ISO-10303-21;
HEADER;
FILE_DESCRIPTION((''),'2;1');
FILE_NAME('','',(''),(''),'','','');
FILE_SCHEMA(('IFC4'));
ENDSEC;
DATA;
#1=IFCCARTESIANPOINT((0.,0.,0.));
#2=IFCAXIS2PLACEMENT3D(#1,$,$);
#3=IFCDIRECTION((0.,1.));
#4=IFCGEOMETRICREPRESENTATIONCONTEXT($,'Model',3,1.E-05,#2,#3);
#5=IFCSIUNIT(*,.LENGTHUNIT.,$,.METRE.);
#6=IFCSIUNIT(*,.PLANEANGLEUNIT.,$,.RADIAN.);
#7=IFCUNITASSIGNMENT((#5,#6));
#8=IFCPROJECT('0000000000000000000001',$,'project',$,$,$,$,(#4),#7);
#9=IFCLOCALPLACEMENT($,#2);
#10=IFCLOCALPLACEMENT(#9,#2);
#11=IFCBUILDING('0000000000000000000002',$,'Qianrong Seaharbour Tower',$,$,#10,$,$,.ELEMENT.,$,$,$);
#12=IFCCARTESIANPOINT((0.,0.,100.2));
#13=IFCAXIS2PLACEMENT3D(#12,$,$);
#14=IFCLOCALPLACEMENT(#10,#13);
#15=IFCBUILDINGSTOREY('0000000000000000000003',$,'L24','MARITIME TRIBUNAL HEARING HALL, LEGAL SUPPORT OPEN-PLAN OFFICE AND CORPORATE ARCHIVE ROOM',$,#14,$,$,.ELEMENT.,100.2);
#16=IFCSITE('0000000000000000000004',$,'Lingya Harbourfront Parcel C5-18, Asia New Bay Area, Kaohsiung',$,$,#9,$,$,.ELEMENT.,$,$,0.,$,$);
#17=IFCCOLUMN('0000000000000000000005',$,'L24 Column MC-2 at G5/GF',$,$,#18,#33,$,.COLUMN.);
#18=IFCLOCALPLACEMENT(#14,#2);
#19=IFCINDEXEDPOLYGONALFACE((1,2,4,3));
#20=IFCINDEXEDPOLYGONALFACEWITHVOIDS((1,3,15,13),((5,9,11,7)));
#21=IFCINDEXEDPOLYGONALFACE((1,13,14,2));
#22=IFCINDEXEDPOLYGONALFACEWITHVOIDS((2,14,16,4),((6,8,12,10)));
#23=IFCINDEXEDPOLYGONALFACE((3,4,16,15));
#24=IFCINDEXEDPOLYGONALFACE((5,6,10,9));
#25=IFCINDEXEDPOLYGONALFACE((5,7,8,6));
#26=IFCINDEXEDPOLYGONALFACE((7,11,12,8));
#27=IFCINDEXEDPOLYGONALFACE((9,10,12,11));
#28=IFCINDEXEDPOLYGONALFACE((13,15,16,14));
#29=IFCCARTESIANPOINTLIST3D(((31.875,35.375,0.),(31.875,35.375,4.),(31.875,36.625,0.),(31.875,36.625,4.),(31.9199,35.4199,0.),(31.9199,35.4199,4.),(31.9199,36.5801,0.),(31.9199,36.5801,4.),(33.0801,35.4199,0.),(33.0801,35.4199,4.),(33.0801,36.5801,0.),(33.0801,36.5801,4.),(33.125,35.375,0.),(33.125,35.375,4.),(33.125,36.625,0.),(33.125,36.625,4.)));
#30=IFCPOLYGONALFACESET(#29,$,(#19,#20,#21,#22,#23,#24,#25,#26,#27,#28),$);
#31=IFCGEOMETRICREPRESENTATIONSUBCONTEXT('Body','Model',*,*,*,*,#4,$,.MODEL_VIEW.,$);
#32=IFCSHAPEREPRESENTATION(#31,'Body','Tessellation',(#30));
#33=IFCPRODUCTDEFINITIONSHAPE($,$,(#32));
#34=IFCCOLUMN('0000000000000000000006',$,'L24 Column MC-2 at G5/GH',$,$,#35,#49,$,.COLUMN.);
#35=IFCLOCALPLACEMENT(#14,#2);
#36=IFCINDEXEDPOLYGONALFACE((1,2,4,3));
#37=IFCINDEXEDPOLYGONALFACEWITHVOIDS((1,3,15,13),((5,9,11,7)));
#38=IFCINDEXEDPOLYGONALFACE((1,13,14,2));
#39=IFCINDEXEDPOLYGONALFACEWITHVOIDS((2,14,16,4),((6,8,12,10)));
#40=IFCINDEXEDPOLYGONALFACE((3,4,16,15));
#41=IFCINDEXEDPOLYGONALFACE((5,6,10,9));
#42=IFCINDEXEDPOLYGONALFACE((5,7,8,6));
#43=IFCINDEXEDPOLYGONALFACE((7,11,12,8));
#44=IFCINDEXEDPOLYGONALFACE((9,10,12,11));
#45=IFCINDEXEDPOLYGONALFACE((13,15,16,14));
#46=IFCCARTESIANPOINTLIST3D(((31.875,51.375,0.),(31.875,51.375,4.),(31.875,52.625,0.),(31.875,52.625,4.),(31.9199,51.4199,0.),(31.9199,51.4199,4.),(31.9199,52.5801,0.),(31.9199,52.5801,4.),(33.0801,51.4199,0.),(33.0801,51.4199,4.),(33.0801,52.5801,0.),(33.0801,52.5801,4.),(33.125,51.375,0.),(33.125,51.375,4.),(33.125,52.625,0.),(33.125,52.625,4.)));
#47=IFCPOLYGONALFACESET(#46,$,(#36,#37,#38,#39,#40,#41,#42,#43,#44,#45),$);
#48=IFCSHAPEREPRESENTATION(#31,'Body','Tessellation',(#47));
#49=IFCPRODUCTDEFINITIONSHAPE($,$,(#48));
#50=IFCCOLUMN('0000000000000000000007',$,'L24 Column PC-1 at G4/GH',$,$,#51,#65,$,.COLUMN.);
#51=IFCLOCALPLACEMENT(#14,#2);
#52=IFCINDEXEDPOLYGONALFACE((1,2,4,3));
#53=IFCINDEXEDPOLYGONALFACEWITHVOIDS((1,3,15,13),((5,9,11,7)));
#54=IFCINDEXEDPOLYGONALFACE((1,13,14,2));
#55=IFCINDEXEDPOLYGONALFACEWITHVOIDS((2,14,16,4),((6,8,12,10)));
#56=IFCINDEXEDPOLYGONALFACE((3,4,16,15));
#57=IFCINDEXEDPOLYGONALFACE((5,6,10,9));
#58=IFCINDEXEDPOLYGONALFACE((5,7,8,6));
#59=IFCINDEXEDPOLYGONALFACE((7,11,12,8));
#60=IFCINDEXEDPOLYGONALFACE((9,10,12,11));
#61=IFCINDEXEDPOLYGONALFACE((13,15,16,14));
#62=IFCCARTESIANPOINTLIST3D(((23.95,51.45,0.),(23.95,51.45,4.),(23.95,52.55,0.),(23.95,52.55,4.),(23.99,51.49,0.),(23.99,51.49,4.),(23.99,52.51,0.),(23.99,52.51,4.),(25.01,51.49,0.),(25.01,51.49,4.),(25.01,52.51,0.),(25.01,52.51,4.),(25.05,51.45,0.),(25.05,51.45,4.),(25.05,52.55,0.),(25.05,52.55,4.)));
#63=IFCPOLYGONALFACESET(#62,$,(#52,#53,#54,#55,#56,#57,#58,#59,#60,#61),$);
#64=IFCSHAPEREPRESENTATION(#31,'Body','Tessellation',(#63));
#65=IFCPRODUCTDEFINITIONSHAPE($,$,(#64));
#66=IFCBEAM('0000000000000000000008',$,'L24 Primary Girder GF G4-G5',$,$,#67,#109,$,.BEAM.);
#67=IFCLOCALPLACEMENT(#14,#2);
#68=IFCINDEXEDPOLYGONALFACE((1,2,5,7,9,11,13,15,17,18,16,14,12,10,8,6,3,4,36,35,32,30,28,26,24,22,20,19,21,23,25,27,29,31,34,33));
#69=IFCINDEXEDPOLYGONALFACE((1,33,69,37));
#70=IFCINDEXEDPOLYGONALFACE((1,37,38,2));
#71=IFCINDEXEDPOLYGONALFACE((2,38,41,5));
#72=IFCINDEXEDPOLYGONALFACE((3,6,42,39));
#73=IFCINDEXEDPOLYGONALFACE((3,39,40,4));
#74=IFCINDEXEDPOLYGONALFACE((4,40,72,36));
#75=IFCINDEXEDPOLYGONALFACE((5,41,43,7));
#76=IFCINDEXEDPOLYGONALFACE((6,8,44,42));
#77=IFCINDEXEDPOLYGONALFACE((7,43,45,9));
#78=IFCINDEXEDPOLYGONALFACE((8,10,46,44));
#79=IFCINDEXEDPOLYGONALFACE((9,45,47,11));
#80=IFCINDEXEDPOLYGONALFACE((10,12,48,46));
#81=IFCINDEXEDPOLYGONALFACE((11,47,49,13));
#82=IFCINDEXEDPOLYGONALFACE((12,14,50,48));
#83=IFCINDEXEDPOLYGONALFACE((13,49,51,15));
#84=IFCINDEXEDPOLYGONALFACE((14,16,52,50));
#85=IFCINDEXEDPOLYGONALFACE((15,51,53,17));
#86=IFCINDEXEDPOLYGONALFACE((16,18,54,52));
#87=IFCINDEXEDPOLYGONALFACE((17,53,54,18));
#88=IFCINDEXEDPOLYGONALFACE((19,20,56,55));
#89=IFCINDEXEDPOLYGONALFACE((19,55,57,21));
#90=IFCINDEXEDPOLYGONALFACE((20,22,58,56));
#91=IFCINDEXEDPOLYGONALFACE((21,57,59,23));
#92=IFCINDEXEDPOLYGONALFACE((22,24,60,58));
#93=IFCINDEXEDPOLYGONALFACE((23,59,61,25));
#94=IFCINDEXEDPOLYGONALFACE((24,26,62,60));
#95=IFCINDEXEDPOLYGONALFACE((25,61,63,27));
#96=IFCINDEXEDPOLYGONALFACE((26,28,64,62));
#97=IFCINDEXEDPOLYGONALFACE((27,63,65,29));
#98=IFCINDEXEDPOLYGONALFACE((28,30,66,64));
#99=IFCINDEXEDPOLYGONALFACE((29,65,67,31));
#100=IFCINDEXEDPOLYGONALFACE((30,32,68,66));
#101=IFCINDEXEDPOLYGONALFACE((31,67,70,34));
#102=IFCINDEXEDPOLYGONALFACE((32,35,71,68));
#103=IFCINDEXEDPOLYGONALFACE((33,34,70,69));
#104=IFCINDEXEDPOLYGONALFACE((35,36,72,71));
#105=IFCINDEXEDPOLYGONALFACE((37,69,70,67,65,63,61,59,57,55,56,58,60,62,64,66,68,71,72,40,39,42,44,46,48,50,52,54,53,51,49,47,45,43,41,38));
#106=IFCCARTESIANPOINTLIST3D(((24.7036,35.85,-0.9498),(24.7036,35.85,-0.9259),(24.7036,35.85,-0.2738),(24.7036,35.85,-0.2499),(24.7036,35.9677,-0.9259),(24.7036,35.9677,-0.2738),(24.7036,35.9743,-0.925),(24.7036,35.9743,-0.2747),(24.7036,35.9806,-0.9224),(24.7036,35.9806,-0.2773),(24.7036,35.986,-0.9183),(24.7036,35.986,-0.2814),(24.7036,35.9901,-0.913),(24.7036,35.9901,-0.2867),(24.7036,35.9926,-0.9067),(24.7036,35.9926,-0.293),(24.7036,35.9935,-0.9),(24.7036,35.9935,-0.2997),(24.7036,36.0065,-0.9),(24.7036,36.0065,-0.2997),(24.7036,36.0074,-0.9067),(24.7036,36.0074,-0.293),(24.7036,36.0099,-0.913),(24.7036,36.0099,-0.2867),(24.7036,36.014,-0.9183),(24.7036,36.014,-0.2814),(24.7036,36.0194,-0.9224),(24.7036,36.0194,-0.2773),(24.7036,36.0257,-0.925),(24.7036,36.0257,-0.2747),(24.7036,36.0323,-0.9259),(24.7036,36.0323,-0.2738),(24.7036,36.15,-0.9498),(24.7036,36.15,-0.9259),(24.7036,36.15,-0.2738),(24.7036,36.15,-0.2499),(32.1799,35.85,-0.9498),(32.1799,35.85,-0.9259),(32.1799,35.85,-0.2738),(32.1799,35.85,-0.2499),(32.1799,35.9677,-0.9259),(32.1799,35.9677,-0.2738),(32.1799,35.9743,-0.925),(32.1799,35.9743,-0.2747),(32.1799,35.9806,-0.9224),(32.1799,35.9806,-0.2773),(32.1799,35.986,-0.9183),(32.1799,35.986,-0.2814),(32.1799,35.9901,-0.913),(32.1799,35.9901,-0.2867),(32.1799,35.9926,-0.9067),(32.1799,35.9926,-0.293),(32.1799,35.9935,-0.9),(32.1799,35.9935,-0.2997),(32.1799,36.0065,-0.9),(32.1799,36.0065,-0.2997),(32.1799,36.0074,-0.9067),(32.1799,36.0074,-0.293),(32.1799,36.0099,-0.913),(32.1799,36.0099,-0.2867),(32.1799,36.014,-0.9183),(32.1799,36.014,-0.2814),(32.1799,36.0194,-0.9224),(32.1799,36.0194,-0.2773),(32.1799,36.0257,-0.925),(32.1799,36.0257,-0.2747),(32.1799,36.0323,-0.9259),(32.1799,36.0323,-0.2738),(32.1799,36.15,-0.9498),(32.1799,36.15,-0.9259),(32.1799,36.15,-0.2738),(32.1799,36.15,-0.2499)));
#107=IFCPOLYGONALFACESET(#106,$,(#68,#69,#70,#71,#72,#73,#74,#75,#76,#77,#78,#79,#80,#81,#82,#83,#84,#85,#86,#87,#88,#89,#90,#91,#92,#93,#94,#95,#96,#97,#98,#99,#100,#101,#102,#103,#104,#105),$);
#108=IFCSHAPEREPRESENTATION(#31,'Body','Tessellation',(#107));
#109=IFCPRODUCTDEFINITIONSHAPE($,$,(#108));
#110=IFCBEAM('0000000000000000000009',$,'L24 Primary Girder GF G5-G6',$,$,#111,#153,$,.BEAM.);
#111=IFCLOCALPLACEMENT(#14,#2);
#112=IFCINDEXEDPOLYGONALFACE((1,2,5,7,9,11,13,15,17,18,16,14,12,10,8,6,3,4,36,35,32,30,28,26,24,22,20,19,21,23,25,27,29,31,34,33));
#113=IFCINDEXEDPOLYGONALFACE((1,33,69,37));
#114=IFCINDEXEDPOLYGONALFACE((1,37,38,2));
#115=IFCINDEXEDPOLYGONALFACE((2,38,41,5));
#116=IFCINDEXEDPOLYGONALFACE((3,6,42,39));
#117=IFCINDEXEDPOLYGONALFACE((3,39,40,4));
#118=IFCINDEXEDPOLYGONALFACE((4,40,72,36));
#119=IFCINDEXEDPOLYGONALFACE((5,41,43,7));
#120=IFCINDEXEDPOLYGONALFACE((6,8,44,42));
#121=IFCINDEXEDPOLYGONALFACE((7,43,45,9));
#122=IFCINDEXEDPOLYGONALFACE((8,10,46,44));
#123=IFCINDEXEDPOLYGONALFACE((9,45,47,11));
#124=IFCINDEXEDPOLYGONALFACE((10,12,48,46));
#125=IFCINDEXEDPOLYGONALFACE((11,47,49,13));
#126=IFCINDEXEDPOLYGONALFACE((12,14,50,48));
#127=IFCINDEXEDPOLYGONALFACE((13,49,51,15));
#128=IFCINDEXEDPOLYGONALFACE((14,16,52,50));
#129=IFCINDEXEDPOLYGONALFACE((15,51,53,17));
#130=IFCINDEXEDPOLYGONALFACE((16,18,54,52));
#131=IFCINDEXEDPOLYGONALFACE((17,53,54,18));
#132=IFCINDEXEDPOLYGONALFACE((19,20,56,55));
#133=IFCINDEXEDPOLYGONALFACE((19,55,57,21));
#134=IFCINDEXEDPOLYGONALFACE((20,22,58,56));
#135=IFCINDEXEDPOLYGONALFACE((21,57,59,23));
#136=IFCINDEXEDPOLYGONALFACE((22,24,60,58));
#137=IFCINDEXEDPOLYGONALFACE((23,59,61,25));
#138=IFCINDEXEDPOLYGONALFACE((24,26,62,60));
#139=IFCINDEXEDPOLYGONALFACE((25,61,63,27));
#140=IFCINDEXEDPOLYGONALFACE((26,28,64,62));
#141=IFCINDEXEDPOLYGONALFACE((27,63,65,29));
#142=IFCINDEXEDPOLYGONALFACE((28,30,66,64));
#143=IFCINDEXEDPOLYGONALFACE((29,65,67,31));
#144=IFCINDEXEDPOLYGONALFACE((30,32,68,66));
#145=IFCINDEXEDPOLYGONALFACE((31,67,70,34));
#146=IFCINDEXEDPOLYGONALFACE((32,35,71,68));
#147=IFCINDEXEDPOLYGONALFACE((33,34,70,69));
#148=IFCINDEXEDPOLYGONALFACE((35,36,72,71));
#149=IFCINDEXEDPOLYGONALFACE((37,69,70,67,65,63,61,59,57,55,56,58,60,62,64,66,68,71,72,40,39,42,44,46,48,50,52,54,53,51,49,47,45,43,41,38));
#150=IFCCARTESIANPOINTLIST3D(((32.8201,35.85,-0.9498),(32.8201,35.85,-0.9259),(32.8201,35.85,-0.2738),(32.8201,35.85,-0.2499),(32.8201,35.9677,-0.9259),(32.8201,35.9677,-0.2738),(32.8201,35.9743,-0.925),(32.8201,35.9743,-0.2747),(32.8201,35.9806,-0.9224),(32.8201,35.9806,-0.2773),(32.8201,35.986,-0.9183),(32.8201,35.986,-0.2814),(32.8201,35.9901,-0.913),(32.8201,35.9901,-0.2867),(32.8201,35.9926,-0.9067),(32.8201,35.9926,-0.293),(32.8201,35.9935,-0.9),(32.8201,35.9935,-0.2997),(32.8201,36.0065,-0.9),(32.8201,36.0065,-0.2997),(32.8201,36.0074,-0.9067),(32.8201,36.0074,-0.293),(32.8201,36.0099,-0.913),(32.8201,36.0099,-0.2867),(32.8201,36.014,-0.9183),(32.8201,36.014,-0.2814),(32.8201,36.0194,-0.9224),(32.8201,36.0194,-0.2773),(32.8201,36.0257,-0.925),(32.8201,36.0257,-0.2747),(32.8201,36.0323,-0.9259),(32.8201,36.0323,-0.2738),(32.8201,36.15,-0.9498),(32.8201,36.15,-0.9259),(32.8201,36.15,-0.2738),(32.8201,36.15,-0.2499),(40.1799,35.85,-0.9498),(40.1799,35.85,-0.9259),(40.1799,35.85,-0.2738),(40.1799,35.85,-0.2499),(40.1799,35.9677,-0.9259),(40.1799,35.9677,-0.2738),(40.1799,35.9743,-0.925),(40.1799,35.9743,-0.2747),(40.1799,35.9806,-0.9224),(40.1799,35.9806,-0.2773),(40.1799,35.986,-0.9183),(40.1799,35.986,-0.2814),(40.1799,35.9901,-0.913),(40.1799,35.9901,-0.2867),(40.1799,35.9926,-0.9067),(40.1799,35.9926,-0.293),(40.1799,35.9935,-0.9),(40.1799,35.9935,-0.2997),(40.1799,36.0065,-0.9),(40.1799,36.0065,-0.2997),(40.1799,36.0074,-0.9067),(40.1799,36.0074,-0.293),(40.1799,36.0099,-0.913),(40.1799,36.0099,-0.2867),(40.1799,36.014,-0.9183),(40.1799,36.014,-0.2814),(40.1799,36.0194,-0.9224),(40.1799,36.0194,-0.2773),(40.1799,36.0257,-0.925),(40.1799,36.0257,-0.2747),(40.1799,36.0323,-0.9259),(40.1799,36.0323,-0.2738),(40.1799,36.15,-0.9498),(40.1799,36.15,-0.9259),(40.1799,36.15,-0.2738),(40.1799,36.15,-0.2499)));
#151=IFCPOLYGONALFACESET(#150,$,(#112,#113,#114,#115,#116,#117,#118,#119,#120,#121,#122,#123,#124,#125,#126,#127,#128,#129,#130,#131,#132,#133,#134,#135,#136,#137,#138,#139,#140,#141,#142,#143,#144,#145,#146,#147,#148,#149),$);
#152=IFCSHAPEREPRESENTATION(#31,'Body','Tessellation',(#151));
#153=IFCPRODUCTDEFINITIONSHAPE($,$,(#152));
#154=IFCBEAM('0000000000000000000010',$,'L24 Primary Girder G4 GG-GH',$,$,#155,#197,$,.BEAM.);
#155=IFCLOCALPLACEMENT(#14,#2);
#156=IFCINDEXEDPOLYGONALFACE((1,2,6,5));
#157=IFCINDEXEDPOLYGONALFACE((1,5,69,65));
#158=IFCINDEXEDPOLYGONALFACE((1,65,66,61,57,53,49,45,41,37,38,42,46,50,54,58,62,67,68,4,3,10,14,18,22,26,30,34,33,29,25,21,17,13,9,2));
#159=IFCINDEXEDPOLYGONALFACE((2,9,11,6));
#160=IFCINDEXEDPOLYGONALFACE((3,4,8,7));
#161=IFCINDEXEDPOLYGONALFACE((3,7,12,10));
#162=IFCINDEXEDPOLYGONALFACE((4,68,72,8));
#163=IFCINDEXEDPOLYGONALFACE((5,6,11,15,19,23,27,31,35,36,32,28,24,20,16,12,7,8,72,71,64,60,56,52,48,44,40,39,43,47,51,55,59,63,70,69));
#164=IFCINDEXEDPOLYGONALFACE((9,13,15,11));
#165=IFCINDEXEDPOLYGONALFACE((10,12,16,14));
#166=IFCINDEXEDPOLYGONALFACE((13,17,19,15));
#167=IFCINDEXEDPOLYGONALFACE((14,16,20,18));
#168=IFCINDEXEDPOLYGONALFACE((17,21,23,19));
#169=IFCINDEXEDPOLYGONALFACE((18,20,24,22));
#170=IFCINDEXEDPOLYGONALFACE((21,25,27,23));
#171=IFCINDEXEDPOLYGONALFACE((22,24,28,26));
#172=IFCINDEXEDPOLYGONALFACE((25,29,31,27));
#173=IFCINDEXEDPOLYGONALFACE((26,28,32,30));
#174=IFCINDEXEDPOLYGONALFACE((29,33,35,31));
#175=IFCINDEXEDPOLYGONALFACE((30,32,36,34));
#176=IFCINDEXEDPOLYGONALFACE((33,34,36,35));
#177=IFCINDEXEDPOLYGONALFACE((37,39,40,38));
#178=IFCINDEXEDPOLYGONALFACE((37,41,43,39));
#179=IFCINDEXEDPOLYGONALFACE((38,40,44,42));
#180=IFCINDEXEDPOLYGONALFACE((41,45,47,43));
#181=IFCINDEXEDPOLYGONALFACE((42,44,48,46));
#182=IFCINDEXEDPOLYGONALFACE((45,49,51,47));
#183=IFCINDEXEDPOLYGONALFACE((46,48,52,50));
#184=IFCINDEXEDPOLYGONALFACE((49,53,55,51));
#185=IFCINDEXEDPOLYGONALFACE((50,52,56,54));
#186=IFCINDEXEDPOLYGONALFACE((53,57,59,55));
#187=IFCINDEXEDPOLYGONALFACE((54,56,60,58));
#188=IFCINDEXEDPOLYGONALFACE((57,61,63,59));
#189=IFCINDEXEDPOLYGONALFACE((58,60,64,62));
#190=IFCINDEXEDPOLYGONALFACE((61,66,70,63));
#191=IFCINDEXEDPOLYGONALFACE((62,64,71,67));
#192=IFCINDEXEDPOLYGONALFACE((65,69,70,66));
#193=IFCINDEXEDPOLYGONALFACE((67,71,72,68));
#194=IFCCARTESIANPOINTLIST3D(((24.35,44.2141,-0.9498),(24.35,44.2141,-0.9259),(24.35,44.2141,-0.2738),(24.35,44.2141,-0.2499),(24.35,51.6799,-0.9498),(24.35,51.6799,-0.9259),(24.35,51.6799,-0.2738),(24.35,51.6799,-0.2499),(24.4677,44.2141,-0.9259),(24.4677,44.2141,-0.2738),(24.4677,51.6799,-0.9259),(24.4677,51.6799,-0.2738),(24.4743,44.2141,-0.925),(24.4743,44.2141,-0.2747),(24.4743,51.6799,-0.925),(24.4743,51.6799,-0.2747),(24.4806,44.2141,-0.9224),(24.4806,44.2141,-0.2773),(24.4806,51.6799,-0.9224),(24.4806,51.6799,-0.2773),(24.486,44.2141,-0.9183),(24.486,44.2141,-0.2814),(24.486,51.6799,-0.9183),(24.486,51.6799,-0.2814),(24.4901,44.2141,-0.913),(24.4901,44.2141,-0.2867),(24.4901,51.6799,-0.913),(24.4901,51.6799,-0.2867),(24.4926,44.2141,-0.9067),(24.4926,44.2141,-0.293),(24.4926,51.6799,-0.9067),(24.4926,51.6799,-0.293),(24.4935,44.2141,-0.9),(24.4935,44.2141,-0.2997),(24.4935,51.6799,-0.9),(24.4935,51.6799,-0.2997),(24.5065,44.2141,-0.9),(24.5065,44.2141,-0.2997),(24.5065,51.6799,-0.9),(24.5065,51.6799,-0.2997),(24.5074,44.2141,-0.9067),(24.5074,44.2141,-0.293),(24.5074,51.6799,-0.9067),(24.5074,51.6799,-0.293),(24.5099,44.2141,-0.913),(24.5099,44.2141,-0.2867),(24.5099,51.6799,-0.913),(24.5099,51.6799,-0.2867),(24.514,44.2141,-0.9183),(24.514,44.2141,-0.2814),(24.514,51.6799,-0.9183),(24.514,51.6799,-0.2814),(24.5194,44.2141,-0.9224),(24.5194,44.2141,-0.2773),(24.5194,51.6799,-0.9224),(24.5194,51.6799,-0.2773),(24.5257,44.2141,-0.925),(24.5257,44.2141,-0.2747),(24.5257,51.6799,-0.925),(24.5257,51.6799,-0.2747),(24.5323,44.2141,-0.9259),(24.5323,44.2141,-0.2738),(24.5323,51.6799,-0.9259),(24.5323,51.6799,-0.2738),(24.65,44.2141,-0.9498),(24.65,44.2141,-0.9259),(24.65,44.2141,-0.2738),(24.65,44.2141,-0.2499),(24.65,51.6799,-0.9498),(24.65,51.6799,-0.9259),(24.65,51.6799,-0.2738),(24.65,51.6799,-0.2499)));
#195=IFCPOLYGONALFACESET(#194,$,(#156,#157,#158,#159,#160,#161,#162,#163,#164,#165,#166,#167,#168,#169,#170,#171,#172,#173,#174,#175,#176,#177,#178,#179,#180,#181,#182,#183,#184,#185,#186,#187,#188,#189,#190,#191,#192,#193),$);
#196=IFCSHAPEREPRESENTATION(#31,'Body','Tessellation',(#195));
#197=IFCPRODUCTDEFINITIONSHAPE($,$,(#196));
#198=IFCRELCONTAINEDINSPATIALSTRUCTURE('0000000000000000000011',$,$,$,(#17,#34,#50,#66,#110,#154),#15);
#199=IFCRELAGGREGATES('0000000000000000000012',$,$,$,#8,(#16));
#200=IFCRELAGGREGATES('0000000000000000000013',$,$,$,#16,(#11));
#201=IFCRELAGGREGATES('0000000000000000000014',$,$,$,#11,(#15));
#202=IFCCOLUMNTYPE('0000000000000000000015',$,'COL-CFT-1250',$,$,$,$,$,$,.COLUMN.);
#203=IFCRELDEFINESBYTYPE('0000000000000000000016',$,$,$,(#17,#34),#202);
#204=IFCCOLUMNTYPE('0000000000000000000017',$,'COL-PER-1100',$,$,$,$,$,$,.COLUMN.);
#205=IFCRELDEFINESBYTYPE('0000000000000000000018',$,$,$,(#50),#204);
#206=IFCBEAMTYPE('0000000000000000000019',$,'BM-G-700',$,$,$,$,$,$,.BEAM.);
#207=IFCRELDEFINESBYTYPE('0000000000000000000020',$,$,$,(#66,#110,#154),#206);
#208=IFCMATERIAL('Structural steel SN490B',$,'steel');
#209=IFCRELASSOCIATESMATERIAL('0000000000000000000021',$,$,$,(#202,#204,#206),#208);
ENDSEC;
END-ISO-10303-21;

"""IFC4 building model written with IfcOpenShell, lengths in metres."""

from ifc_helpers import new_model, si_unit, direction, frame, origin, origin_2d, place, context, subcontext, project, spatial, hollow_rectangle, i_section, extrude, material, material_profile, profile_set, type_object, element, save


model = new_model("IFC4")

# Units and contexts
model_context = context("Model", 3, precision=1e-05, world=origin(), true_north=direction((0.0, 1.0)))
body_context = subcontext(model_context, "Body", "Model", "MODEL_VIEW")
ifc_project = project(units=[si_unit("LENGTHUNIT", "METRE"), si_unit("PLANEANGLEUNIT", "RADIAN")], contexts=[model_context])

# Site, building, storey
site_placement = place(None, origin())
site = spatial("IfcSite", under=ifc_project, at=site_placement, Name="Lingya Harbourfront Parcel C5-18, Asia New Bay Area, Kaohsiung", CompositionType="ELEMENT", RefElevation=0.0)
building_placement = place(site_placement, origin())
building = spatial("IfcBuilding", under=site, at=building_placement, Name="Qianrong Seaharbour Tower", CompositionType="ELEMENT")
storey_placement = place(building_placement, frame((0.0, 0.0, 100.2)))
storey = spatial("IfcBuildingStorey", under=building, at=storey_placement, Name="L24", Description="MARITIME TRIBUNAL HEARING HALL, LEGAL SUPPORT OPEN-PLAN OFFICE AND CORPORATE ARCHIVE ROOM", CompositionType="ELEMENT", Elevation=100.2)

# Columns
ifc_material_1 = material(Name="Structural steel SN490B", Category="steel")
ifc_material_profile_1 = material_profile(ifc_material_1, hollow_rectangle(XDim=1.25, YDim=1.25, WallThickness=0.0449, at=origin_2d()), Name="BOX1250x1250x45")
ifc_profile_set_1 = profile_set([ifc_material_profile_1], Name="Structural steel SN490B")
column_type_1 = type_object("IfcColumnType", Name="COL-CFT-1250", PredefinedType="COLUMN", material=ifc_profile_set_1)
for number, where, z_axis, x_axis, name in (
    (1, (32.5, 36.0, 0.0), (0.0, 0.0, 1.0), (1.0, 0.0, 0.0), "L24 Column MC-2 at G5/GF"),
    (2, (32.5, 52.0, 0.0), (0.0, 0.0, 1.0), (1.0, 0.0, 0.0), "L24 Column MC-2 at G5/GH"),
):
    element("IfcColumn", number, at=place(storey_placement, frame(where, z_axis=z_axis, x_axis=x_axis)), inside=storey, type_object=column_type_1, Name=name, PredefinedType="COLUMN", context=body_context, shape_type="SweptSolid", body=[
        extrude(hollow_rectangle(XDim=1.25, YDim=1.25, WallThickness=0.0449, at=origin_2d()), origin(), (0.0, 0.0, 1.0), 4.0),
    ])
ifc_material_profile_2 = material_profile(ifc_material_1, hollow_rectangle(XDim=1.1001, YDim=1.1001, WallThickness=0.04, at=origin_2d()), Name="BOX1100x1100x40")
ifc_profile_set_2 = profile_set([ifc_material_profile_2], Name="Structural steel SN490B")
column_type_2 = type_object("IfcColumnType", Name="COL-PER-1100", PredefinedType="COLUMN", material=ifc_profile_set_2)
column_placement = place(storey_placement, frame((24.5, 52.0, 0.0), z_axis=(0.0, 0.0, 1.0), x_axis=(1.0, 0.0, 0.0)))
element("IfcColumn", 3, at=column_placement, inside=storey, type_object=column_type_2, Name="L24 Column PC-1 at G4/GH", PredefinedType="COLUMN", context=body_context, shape_type="SweptSolid", body=[
    extrude(hollow_rectangle(XDim=1.1001, YDim=1.1001, WallThickness=0.04, at=origin_2d()), origin(), (0.0, 0.0, 1.0), 4.0),
])

# Beams
ifc_material_profile_3 = material_profile(ifc_material_1, i_section(OverallWidth=0.3, OverallDepth=0.7, WebThickness=0.0129, FlangeThickness=0.0239, FilletRadius=0.0259, at=origin_2d()), Name="H700x300x13x24")
ifc_profile_set_3 = profile_set([ifc_material_profile_3], Name="Structural steel SN490B")
beam_type_1 = type_object("IfcBeamType", Name="BM-G-700", PredefinedType="BEAM", material=ifc_profile_set_3)
beam_1_placement = place(storey_placement, frame((24.7036, 36.0, -0.5999), z_axis=(1.0, 0.0, 0.0), x_axis=(0.0, 1.0, 0.0)))
element("IfcBeam", 4, at=beam_1_placement, inside=storey, type_object=beam_type_1, Name="L24 Primary Girder GF G4-G5", PredefinedType="BEAM", context=body_context, shape_type="SweptSolid", body=[
    extrude(i_section(OverallWidth=0.3, OverallDepth=0.7, WebThickness=0.0129, FlangeThickness=0.0239, FilletRadius=0.0259, at=origin_2d()), origin(), (0.0, 0.0, 1.0), 7.4763),
])
beam_2_placement = place(storey_placement, frame((32.8201, 36.0, -0.5999), z_axis=(1.0, 0.0, 0.0), x_axis=(0.0, 1.0, 0.0)))
element("IfcBeam", 5, at=beam_2_placement, inside=storey, type_object=beam_type_1, Name="L24 Primary Girder GF G5-G6", PredefinedType="BEAM", context=body_context, shape_type="SweptSolid", body=[
    extrude(i_section(OverallWidth=0.3, OverallDepth=0.7, WebThickness=0.0129, FlangeThickness=0.0239, FilletRadius=0.0259, at=origin_2d()), origin(), (0.0, 0.0, 1.0), 7.3599),
])
beam_3_placement = place(storey_placement, frame((24.5, 44.2141, -0.5999), z_axis=(0.0, 1.0, 0.0), x_axis=(-1.0, 0.0, 0.0)))
element("IfcBeam", 6, at=beam_3_placement, inside=storey, type_object=beam_type_1, Name="L24 Primary Girder G4 GG-GH", PredefinedType="BEAM", context=body_context, shape_type="SweptSolid", body=[
    extrude(i_section(OverallWidth=0.3, OverallDepth=0.7, WebThickness=0.0129, FlangeThickness=0.0239, FilletRadius=0.0259, at=origin_2d()), origin(), (0.0, 0.0, 1.0), 7.4658),
])

save(model, "model.ifc")
